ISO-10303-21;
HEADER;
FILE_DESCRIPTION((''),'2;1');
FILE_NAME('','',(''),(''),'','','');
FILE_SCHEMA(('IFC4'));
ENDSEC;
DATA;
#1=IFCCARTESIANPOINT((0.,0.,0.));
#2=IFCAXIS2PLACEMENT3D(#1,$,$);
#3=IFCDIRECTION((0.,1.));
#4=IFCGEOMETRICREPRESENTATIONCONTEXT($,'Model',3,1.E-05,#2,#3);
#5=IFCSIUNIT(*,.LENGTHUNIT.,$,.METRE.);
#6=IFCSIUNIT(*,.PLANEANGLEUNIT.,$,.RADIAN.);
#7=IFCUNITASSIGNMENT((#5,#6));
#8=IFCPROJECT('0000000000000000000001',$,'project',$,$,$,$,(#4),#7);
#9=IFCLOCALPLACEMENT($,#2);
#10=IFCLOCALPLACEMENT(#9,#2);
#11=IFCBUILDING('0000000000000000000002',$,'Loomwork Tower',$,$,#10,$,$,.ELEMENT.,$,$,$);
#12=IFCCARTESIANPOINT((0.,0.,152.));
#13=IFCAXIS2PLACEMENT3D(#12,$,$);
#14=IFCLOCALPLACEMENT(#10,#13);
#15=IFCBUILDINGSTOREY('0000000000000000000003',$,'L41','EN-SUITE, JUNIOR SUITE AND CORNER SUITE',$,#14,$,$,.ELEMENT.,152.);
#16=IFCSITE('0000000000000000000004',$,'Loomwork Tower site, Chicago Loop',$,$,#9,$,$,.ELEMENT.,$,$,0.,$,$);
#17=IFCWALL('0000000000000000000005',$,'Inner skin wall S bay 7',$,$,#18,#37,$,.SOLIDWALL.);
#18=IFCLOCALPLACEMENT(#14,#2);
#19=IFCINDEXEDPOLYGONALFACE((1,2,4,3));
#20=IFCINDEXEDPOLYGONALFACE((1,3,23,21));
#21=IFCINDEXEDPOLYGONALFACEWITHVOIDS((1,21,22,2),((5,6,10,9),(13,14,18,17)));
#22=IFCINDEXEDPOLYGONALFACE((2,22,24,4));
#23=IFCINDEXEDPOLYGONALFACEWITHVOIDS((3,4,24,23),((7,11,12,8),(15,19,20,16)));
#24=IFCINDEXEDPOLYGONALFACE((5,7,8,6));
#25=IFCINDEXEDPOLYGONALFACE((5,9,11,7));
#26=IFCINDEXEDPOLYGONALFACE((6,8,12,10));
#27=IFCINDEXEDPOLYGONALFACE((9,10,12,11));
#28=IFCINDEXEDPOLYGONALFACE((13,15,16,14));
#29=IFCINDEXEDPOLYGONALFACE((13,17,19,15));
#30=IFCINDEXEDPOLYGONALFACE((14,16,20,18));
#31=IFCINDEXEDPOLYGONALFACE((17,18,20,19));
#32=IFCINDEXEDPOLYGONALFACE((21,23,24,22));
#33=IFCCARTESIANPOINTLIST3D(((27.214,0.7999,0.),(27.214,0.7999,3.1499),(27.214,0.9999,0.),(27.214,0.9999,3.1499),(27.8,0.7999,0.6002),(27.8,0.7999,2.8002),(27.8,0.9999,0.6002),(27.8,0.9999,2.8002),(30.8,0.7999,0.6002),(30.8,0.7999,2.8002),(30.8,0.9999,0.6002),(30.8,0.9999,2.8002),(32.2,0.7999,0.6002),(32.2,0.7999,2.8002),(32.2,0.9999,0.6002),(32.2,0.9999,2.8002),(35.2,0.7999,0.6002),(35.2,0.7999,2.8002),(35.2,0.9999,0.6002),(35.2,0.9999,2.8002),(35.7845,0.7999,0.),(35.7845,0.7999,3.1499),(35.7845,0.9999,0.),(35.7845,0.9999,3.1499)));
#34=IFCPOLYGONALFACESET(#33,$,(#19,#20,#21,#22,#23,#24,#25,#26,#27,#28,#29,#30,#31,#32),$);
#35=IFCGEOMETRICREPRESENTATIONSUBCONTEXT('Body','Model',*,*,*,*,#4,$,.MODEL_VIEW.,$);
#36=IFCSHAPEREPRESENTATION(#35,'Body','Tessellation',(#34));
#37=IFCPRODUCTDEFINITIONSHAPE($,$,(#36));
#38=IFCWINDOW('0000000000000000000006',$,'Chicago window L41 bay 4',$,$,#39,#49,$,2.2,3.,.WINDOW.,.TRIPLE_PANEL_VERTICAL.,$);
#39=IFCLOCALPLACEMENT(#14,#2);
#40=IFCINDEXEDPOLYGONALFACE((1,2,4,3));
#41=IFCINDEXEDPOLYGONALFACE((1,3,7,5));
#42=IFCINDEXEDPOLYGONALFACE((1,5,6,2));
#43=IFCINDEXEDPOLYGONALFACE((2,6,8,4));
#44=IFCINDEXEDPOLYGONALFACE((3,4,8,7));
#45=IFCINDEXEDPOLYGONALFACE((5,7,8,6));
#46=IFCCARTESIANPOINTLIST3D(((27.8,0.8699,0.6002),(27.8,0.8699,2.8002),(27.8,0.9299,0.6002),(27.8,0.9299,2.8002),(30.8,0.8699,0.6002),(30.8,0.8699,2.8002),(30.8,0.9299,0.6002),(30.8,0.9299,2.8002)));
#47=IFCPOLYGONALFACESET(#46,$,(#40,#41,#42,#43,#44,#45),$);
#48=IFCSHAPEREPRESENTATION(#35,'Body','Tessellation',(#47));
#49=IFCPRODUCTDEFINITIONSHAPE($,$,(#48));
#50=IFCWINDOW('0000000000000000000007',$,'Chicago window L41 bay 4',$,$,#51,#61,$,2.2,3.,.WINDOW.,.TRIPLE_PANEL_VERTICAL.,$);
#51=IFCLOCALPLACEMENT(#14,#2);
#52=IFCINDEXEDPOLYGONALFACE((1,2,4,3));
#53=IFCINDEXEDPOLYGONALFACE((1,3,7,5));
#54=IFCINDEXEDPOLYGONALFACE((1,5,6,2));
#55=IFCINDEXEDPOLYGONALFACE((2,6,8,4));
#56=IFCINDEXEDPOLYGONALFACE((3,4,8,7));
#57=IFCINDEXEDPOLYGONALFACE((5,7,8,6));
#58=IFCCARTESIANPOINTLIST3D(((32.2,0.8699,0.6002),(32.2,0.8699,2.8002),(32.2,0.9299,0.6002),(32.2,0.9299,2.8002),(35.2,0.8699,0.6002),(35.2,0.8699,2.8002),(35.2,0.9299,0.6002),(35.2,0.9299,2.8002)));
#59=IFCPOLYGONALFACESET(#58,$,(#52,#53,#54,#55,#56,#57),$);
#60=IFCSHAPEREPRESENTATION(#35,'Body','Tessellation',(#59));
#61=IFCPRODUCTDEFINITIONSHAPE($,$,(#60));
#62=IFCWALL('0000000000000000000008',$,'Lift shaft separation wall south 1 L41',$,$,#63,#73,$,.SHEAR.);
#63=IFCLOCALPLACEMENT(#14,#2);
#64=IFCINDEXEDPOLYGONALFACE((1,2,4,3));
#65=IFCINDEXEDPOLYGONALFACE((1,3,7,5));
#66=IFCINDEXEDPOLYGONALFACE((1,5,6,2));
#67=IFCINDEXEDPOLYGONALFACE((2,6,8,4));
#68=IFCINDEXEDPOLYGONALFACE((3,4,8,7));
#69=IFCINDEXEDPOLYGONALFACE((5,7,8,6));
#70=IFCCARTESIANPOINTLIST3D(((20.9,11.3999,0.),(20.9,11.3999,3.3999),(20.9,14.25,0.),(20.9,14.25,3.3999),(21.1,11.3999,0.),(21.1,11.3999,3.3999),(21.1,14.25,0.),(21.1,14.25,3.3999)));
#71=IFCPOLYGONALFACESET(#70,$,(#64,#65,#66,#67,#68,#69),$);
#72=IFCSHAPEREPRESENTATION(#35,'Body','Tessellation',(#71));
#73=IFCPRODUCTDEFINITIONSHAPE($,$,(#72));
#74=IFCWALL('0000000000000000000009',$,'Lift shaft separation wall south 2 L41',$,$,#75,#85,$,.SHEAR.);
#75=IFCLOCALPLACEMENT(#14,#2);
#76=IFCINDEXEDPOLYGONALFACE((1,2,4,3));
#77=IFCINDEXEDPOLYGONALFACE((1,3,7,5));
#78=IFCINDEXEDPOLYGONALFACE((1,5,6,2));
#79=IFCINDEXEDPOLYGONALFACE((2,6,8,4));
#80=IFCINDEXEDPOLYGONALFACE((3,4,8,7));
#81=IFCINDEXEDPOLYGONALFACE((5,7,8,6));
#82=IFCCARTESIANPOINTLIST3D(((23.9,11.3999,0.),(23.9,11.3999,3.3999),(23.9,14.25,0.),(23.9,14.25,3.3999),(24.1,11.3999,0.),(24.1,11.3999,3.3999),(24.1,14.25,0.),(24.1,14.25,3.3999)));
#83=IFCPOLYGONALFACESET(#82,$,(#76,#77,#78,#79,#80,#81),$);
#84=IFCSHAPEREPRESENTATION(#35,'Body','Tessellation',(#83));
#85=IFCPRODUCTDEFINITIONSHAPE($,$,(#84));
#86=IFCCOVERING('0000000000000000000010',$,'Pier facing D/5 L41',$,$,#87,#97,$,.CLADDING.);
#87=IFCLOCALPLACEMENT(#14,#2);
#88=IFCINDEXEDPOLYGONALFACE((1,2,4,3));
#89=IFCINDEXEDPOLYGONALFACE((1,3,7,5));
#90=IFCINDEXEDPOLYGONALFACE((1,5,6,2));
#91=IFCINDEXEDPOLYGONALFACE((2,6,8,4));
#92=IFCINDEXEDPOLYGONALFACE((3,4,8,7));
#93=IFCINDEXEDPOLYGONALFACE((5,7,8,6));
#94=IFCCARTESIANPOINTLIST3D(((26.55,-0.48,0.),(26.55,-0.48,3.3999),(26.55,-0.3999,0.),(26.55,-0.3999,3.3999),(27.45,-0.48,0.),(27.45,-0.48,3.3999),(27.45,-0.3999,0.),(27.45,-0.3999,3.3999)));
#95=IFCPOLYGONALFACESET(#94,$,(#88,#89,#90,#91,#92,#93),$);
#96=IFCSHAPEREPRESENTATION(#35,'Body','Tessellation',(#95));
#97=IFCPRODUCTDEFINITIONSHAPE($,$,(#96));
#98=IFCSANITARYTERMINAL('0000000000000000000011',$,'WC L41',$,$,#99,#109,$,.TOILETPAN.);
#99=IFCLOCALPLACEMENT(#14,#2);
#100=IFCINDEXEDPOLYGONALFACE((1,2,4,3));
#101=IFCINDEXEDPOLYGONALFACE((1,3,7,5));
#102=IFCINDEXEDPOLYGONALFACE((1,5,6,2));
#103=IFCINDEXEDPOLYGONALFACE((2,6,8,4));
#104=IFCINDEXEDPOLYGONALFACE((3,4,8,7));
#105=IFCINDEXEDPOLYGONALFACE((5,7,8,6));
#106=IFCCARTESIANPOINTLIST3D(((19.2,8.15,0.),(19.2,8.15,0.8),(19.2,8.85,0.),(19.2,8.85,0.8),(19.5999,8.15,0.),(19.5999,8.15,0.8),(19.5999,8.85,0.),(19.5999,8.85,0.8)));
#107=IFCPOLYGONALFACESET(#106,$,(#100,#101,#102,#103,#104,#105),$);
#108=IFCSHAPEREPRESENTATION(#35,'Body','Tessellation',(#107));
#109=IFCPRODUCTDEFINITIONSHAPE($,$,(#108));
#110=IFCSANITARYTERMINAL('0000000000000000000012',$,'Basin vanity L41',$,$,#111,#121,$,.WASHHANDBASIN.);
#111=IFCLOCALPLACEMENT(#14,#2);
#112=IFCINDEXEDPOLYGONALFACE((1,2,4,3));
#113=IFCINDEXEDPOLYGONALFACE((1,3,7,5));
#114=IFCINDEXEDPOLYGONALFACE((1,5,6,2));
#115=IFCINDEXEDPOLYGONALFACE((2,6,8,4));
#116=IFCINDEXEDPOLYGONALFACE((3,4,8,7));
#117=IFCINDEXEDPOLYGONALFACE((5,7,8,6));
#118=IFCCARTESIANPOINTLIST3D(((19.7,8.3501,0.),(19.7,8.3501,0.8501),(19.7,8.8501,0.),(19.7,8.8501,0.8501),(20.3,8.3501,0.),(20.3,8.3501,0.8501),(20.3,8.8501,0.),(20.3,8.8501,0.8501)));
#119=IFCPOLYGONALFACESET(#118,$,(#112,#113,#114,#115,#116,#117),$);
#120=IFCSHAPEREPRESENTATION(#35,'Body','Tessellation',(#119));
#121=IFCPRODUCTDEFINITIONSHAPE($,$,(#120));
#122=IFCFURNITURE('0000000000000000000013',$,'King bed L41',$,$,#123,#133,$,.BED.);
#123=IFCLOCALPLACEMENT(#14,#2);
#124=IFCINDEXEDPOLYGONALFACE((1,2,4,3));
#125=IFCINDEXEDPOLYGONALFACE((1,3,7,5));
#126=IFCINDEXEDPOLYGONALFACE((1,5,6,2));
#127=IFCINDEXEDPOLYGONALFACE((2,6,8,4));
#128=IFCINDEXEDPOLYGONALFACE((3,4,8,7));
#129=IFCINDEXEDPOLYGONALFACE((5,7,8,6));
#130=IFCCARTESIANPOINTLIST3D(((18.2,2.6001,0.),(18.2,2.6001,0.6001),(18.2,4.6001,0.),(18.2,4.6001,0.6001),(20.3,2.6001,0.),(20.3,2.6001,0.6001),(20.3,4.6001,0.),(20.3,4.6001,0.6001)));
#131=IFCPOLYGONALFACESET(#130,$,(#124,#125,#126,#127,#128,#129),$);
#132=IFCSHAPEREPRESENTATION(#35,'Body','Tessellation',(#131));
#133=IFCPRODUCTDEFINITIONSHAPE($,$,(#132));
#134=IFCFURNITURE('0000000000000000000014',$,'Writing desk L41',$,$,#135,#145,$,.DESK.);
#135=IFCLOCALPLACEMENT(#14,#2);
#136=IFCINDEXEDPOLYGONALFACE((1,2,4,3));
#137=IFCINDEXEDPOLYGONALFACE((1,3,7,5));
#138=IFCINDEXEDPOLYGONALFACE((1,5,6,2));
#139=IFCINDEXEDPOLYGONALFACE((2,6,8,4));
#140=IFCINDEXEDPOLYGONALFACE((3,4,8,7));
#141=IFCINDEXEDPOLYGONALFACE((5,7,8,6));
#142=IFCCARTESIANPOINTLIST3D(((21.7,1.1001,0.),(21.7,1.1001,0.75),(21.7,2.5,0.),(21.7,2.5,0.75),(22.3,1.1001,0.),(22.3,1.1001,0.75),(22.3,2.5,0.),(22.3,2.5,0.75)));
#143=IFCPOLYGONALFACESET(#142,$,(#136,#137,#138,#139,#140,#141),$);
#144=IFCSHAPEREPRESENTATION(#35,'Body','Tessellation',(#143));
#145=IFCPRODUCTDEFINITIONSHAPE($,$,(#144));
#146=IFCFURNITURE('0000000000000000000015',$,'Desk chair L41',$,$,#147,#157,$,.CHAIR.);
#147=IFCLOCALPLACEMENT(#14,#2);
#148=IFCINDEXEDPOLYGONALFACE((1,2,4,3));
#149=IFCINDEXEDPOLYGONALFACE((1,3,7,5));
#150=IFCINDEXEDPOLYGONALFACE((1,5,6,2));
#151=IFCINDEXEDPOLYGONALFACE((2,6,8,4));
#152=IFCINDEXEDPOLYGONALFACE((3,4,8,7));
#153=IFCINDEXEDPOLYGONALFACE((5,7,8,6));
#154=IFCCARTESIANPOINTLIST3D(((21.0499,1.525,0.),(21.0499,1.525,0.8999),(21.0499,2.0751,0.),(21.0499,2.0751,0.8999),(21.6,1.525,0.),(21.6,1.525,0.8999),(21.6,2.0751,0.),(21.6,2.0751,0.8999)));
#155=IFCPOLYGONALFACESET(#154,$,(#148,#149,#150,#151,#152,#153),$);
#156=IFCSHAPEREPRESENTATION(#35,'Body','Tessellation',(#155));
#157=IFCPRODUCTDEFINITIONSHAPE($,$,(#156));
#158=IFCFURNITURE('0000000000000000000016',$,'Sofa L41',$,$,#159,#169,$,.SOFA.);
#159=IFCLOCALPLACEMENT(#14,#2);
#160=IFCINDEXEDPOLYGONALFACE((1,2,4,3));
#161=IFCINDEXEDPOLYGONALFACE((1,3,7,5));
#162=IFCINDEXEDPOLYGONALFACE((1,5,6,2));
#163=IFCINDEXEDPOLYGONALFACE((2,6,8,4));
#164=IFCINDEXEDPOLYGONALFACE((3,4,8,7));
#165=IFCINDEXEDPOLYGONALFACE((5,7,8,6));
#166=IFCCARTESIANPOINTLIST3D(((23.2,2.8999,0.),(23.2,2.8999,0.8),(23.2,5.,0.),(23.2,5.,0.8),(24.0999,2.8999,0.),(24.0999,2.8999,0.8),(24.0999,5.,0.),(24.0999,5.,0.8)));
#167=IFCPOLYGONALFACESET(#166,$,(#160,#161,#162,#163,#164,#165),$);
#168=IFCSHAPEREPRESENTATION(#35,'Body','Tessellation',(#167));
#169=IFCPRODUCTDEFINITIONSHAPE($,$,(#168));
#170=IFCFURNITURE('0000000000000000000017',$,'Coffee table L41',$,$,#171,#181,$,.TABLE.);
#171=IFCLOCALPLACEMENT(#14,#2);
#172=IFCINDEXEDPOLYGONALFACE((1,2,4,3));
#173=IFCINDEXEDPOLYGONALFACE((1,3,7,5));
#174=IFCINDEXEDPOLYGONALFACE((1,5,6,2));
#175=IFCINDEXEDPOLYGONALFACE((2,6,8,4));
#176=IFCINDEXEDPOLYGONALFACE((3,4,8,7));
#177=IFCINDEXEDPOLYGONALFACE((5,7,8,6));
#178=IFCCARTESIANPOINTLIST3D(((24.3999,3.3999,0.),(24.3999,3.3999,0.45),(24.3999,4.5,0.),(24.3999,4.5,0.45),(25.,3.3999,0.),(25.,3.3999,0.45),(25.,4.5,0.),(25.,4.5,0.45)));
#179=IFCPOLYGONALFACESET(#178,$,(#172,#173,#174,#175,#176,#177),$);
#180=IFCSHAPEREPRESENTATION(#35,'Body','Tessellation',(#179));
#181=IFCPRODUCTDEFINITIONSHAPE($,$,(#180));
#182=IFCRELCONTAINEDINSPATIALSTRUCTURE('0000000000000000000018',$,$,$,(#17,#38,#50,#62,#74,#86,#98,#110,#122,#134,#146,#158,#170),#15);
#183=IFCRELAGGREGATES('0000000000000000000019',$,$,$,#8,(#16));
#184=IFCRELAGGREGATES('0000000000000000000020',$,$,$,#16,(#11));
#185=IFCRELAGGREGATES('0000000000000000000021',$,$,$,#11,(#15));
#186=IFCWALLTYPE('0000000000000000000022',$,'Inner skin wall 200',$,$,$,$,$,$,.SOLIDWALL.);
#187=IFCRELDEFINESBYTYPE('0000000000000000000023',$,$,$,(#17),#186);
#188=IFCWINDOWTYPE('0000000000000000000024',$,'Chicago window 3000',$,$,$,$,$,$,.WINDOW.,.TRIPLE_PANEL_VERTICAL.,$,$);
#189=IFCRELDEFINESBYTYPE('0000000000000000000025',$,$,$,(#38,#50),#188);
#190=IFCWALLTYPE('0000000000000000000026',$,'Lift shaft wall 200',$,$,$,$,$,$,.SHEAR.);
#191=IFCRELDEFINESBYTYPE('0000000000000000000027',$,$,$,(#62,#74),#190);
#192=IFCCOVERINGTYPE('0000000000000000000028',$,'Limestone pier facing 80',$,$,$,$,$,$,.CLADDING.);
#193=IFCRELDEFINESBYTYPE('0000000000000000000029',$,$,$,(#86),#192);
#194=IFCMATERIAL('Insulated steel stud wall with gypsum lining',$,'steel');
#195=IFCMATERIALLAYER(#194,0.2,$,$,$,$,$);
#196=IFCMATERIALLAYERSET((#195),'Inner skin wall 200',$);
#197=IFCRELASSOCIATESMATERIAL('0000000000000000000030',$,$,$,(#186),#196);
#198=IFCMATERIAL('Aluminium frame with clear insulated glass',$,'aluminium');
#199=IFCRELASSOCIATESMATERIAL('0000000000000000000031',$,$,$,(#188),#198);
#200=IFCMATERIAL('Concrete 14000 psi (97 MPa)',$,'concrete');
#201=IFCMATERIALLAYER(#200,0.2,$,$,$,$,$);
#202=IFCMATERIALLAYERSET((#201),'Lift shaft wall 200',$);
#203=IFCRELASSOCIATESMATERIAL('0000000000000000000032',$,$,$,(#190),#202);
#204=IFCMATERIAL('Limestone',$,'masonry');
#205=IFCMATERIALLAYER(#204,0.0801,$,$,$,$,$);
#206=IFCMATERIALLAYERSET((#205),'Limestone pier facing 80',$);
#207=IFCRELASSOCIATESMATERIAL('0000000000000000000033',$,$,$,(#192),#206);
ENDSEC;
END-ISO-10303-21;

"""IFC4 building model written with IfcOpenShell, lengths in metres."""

from ifc_helpers import new_model, si_unit, direction, frame, frame_2d, origin, origin_2d, place, context, subcontext, project, spatial, rectangle, extrude, material, layer, layer_set, type_object, element, fill, save


model = new_model("IFC4")

# Units and contexts
model_context = context("Model", 3, precision=1e-05, world=origin(), true_north=direction((0.0, 1.0)))
body_context = subcontext(model_context, "Body", "Model", "MODEL_VIEW")
ifc_project = project(units=[si_unit("LENGTHUNIT", "METRE"), si_unit("PLANEANGLEUNIT", "RADIAN")], contexts=[model_context])

# Site, building, storey
site_placement = place(None, origin())
site = spatial("IfcSite", under=ifc_project, at=site_placement, Name="Loomwork Tower site, Chicago Loop", CompositionType="ELEMENT", RefElevation=0.0)
building_placement = place(site_placement, origin())
building = spatial("IfcBuilding", under=site, at=building_placement, Name="Loomwork Tower", CompositionType="ELEMENT")
storey_placement = place(building_placement, frame((0.0, 0.0, 152.0)))
storey = spatial("IfcBuildingStorey", under=building, at=storey_placement, Name="L41", Description="EN-SUITE, JUNIOR SUITE AND CORNER SUITE", CompositionType="ELEMENT", Elevation=152.0)

# Shared definitions
ifc_material_1 = material(Name="Insulated steel stud wall with gypsum lining", Category="steel")
ifc_layer_1 = layer(ifc_material_1, 0.2)
ifc_layer_set_1 = layer_set([ifc_layer_1], Name="Inner skin wall 200")
wall_type_1 = type_object("IfcWallType", Name="Inner skin wall 200", PredefinedType="SOLIDWALL", material=ifc_layer_set_1)

# Wall, openings, windows
wall_1_placement = place(storey_placement, frame((27.2141, 0.8999, 0.0), z_axis=(0.0, 0.0, 1.0), x_axis=(1.0, 0.0, 0.0)))
wall_1 = element("IfcWall", 1, at=wall_1_placement, inside=storey, type_object=wall_type_1, Name="Inner skin wall S bay 7", PredefinedType="SOLIDWALL", context=body_context, shape_type="SweptSolid", body=[
    extrude(rectangle(XDim=8.5706, YDim=0.2, at=frame_2d((4.2852, 0.0))), origin(), (0.0, 0.0, 1.0), 3.1499),
])
opening_1_placement = place(wall_1_placement, frame((0.5859, 0.0, 0.6001)))
opening_1 = element("IfcOpeningElement", 2, at=opening_1_placement, cuts=wall_1, PredefinedType="OPENING", context=body_context, shape_type="SweptSolid", body=[
    extrude(rectangle(XDim=3.0, YDim=2.2, at=frame_2d((1.5, 1.1001))), frame((0.0, 0.1099, 0.0), z_axis=(0.0, -1.0, 0.0), x_axis=(1.0, 0.0, 0.0)), (0.0, 0.0, 1.0), 0.22),
])
opening_2_placement = place(wall_1_placement, frame((4.9858, 0.0, 0.6001)))
opening_2 = element("IfcOpeningElement", 3, at=opening_2_placement, cuts=wall_1, PredefinedType="OPENING", context=body_context, shape_type="SweptSolid", body=[
    extrude(rectangle(XDim=3.0, YDim=2.2, at=frame_2d((1.5, 1.1001))), frame((0.0, 0.1099, 0.0), z_axis=(0.0, -1.0, 0.0), x_axis=(1.0, 0.0, 0.0)), (0.0, 0.0, 1.0), 0.22),
])
ifc_material_2 = material(Name="Aluminium frame with clear insulated glass", Category="aluminium")
window_type = type_object("IfcWindowType", Name="Chicago window 3000", PartitioningType="TRIPLE_PANEL_VERTICAL", PredefinedType="WINDOW", material=ifc_material_2)
window_1_placement = place(opening_1_placement, origin())
window_1 = element("IfcWindow", 4, at=window_1_placement, inside=storey, type_object=window_type, Name="Chicago window L41 bay 4", OverallHeight=2.2, OverallWidth=3.0, PartitioningType="TRIPLE_PANEL_VERTICAL", PredefinedType="WINDOW", context=body_context, shape_type="SweptSolid", body=[
    extrude(rectangle(XDim=3.0, YDim=2.2, at=frame_2d((1.5, 1.1001))), frame((0.0, 0.03, 0.0), z_axis=(0.0, -1.0, 0.0), x_axis=(1.0, 0.0, 0.0)), (0.0, 0.0, 1.0), 0.0601),
])
fill(opening_1, window_1)
window_2_placement = place(opening_2_placement, origin())
window_2 = element("IfcWindow", 5, at=window_2_placement, inside=storey, type_object=window_type, Name="Chicago window L41 bay 4", OverallHeight=2.2, OverallWidth=3.0, PartitioningType="TRIPLE_PANEL_VERTICAL", PredefinedType="WINDOW", context=body_context, shape_type="SweptSolid", body=[
    extrude(rectangle(XDim=3.0, YDim=2.2, at=frame_2d((1.5, 1.1001))), frame((0.0, 0.03, 0.0), z_axis=(0.0, -1.0, 0.0), x_axis=(1.0, 0.0, 0.0)), (0.0, 0.0, 1.0), 0.0601),
])
fill(opening_2, window_2)

# Walls
ifc_material_3 = material(Name="Concrete 14000 psi (97 MPa)", Category="concrete")
ifc_layer_2 = layer(ifc_material_3, 0.2)
ifc_layer_set_2 = layer_set([ifc_layer_2], Name="Lift shaft wall 200")
wall_type_2 = type_object("IfcWallType", Name="Lift shaft wall 200", PredefinedType="SHEAR", material=ifc_layer_set_2)
for number, where, z_axis, x_axis, name in (
    (6, (21.0, 11.3999, 0.0), (0.0, 0.0, 1.0), (0.0, 1.0, 0.0), "Lift shaft separation wall south 1 L41"),
    (7, (24.0, 11.3999, 0.0), (0.0, 0.0, 1.0), (0.0, 1.0, 0.0), "Lift shaft separation wall south 2 L41"),
):
    element("IfcWall", number, at=place(storey_placement, frame(where, z_axis=z_axis, x_axis=x_axis)), inside=storey, type_object=wall_type_2, Name=name, PredefinedType="SHEAR", context=body_context, shape_type="SweptSolid", body=[
        extrude(rectangle(XDim=2.8501, YDim=0.2, at=frame_2d((1.425, 0.0))), origin(), (0.0, 0.0, 1.0), 3.3999),
    ])

# Covering
ifc_material_4 = material(Name="Limestone", Category="masonry")
ifc_layer_3 = layer(ifc_material_4, 0.0801)
ifc_layer_set_3 = layer_set([ifc_layer_3], Name="Limestone pier facing 80")
covering_type = type_object("IfcCoveringType", Name="Limestone pier facing 80", PredefinedType="CLADDING", material=ifc_layer_set_3)
covering_placement = place(storey_placement, frame((27.0, -0.4399, 0.0), z_axis=(0.0, 0.0, 1.0), x_axis=(1.0, 0.0, 0.0)))
element("IfcCovering", 8, at=covering_placement, inside=storey, type_object=covering_type, Name="Pier facing D/5 L41", PredefinedType="CLADDING", context=body_context, shape_type="SweptSolid", body=[
    extrude(rectangle(XDim=0.8999, YDim=0.0801, at=origin_2d()), origin(), (0.0, 0.0, 1.0), 3.3999),
])

# Sanitary terminals
sanitary_terminal_1_placement = place(storey_placement, frame((19.3999, 8.5, 0.0), z_axis=(0.0, 0.0, 1.0), x_axis=(1.0, 0.0, 0.0)))
element("IfcSanitaryTerminal", 9, at=sanitary_terminal_1_placement, inside=storey, Name="WC L41", PredefinedType="TOILETPAN", context=body_context, shape_type="SweptSolid", body=[
    extrude(rectangle(XDim=0.3999, YDim=0.7, at=origin_2d()), origin(), (0.0, 0.0, 1.0), 0.8),
])
sanitary_terminal_2_placement = place(storey_placement, frame((20.0, 8.6001, 0.0), z_axis=(0.0, 0.0, 1.0), x_axis=(1.0, 0.0, 0.0)))
element("IfcSanitaryTerminal", 10, at=sanitary_terminal_2_placement, inside=storey, Name="Basin vanity L41", PredefinedType="WASHHANDBASIN", context=body_context, shape_type="SweptSolid", body=[
    extrude(rectangle(XDim=0.6001, YDim=0.5, at=origin_2d()), origin(), (0.0, 0.0, 1.0), 0.8501),
])

# Furniture
furniture_1_placement = place(storey_placement, frame((19.25, 3.6001, 0.0), z_axis=(0.0, 0.0, 1.0), x_axis=(1.0, 0.0, 0.0)))
element("IfcFurniture", 11, at=furniture_1_placement, inside=storey, Name="King bed L41", PredefinedType="BED", context=body_context, shape_type="SweptSolid", body=[
    extrude(rectangle(XDim=2.1001, YDim=2.0, at=origin_2d()), origin(), (0.0, 0.0, 1.0), 0.6001),
])
furniture_2_placement = place(storey_placement, frame((22.0, 1.8, 0.0), z_axis=(0.0, 0.0, 1.0), x_axis=(1.0, 0.0, 0.0)))
element("IfcFurniture", 12, at=furniture_2_placement, inside=storey, Name="Writing desk L41", PredefinedType="DESK", context=body_context, shape_type="SweptSolid", body=[
    extrude(rectangle(XDim=0.6001, YDim=1.3999, at=origin_2d()), origin(), (0.0, 0.0, 1.0), 0.75),
])
furniture_3_placement = place(storey_placement, frame((21.325, 1.8, 0.0), z_axis=(0.0, 0.0, 1.0), x_axis=(1.0, 0.0, 0.0)))
element("IfcFurniture", 13, at=furniture_3_placement, inside=storey, Name="Desk chair L41", PredefinedType="CHAIR", context=body_context, shape_type="SweptSolid", body=[
    extrude(rectangle(XDim=0.55, YDim=0.55, at=origin_2d()), origin(), (0.0, 0.0, 1.0), 0.8999),
])
furniture_4_placement = place(storey_placement, frame((23.6499, 3.95, 0.0), z_axis=(0.0, 0.0, 1.0), x_axis=(1.0, 0.0, 0.0)))
element("IfcFurniture", 14, at=furniture_4_placement, inside=storey, Name="Sofa L41", PredefinedType="SOFA", context=body_context, shape_type="SweptSolid", body=[
    extrude(rectangle(XDim=0.8999, YDim=2.1001, at=origin_2d()), origin(), (0.0, 0.0, 1.0), 0.8),
])
furniture_5_placement = place(storey_placement, frame((24.7, 3.95, 0.0), z_axis=(0.0, 0.0, 1.0), x_axis=(1.0, 0.0, 0.0)))
element("IfcFurniture", 15, at=furniture_5_placement, inside=storey, Name="Coffee table L41", PredefinedType="TABLE", context=body_context, shape_type="SweptSolid", body=[
    extrude(rectangle(XDim=0.6001, YDim=1.1001, at=origin_2d()), origin(), (0.0, 0.0, 1.0), 0.45),
])

save(model, "model.ifc")
